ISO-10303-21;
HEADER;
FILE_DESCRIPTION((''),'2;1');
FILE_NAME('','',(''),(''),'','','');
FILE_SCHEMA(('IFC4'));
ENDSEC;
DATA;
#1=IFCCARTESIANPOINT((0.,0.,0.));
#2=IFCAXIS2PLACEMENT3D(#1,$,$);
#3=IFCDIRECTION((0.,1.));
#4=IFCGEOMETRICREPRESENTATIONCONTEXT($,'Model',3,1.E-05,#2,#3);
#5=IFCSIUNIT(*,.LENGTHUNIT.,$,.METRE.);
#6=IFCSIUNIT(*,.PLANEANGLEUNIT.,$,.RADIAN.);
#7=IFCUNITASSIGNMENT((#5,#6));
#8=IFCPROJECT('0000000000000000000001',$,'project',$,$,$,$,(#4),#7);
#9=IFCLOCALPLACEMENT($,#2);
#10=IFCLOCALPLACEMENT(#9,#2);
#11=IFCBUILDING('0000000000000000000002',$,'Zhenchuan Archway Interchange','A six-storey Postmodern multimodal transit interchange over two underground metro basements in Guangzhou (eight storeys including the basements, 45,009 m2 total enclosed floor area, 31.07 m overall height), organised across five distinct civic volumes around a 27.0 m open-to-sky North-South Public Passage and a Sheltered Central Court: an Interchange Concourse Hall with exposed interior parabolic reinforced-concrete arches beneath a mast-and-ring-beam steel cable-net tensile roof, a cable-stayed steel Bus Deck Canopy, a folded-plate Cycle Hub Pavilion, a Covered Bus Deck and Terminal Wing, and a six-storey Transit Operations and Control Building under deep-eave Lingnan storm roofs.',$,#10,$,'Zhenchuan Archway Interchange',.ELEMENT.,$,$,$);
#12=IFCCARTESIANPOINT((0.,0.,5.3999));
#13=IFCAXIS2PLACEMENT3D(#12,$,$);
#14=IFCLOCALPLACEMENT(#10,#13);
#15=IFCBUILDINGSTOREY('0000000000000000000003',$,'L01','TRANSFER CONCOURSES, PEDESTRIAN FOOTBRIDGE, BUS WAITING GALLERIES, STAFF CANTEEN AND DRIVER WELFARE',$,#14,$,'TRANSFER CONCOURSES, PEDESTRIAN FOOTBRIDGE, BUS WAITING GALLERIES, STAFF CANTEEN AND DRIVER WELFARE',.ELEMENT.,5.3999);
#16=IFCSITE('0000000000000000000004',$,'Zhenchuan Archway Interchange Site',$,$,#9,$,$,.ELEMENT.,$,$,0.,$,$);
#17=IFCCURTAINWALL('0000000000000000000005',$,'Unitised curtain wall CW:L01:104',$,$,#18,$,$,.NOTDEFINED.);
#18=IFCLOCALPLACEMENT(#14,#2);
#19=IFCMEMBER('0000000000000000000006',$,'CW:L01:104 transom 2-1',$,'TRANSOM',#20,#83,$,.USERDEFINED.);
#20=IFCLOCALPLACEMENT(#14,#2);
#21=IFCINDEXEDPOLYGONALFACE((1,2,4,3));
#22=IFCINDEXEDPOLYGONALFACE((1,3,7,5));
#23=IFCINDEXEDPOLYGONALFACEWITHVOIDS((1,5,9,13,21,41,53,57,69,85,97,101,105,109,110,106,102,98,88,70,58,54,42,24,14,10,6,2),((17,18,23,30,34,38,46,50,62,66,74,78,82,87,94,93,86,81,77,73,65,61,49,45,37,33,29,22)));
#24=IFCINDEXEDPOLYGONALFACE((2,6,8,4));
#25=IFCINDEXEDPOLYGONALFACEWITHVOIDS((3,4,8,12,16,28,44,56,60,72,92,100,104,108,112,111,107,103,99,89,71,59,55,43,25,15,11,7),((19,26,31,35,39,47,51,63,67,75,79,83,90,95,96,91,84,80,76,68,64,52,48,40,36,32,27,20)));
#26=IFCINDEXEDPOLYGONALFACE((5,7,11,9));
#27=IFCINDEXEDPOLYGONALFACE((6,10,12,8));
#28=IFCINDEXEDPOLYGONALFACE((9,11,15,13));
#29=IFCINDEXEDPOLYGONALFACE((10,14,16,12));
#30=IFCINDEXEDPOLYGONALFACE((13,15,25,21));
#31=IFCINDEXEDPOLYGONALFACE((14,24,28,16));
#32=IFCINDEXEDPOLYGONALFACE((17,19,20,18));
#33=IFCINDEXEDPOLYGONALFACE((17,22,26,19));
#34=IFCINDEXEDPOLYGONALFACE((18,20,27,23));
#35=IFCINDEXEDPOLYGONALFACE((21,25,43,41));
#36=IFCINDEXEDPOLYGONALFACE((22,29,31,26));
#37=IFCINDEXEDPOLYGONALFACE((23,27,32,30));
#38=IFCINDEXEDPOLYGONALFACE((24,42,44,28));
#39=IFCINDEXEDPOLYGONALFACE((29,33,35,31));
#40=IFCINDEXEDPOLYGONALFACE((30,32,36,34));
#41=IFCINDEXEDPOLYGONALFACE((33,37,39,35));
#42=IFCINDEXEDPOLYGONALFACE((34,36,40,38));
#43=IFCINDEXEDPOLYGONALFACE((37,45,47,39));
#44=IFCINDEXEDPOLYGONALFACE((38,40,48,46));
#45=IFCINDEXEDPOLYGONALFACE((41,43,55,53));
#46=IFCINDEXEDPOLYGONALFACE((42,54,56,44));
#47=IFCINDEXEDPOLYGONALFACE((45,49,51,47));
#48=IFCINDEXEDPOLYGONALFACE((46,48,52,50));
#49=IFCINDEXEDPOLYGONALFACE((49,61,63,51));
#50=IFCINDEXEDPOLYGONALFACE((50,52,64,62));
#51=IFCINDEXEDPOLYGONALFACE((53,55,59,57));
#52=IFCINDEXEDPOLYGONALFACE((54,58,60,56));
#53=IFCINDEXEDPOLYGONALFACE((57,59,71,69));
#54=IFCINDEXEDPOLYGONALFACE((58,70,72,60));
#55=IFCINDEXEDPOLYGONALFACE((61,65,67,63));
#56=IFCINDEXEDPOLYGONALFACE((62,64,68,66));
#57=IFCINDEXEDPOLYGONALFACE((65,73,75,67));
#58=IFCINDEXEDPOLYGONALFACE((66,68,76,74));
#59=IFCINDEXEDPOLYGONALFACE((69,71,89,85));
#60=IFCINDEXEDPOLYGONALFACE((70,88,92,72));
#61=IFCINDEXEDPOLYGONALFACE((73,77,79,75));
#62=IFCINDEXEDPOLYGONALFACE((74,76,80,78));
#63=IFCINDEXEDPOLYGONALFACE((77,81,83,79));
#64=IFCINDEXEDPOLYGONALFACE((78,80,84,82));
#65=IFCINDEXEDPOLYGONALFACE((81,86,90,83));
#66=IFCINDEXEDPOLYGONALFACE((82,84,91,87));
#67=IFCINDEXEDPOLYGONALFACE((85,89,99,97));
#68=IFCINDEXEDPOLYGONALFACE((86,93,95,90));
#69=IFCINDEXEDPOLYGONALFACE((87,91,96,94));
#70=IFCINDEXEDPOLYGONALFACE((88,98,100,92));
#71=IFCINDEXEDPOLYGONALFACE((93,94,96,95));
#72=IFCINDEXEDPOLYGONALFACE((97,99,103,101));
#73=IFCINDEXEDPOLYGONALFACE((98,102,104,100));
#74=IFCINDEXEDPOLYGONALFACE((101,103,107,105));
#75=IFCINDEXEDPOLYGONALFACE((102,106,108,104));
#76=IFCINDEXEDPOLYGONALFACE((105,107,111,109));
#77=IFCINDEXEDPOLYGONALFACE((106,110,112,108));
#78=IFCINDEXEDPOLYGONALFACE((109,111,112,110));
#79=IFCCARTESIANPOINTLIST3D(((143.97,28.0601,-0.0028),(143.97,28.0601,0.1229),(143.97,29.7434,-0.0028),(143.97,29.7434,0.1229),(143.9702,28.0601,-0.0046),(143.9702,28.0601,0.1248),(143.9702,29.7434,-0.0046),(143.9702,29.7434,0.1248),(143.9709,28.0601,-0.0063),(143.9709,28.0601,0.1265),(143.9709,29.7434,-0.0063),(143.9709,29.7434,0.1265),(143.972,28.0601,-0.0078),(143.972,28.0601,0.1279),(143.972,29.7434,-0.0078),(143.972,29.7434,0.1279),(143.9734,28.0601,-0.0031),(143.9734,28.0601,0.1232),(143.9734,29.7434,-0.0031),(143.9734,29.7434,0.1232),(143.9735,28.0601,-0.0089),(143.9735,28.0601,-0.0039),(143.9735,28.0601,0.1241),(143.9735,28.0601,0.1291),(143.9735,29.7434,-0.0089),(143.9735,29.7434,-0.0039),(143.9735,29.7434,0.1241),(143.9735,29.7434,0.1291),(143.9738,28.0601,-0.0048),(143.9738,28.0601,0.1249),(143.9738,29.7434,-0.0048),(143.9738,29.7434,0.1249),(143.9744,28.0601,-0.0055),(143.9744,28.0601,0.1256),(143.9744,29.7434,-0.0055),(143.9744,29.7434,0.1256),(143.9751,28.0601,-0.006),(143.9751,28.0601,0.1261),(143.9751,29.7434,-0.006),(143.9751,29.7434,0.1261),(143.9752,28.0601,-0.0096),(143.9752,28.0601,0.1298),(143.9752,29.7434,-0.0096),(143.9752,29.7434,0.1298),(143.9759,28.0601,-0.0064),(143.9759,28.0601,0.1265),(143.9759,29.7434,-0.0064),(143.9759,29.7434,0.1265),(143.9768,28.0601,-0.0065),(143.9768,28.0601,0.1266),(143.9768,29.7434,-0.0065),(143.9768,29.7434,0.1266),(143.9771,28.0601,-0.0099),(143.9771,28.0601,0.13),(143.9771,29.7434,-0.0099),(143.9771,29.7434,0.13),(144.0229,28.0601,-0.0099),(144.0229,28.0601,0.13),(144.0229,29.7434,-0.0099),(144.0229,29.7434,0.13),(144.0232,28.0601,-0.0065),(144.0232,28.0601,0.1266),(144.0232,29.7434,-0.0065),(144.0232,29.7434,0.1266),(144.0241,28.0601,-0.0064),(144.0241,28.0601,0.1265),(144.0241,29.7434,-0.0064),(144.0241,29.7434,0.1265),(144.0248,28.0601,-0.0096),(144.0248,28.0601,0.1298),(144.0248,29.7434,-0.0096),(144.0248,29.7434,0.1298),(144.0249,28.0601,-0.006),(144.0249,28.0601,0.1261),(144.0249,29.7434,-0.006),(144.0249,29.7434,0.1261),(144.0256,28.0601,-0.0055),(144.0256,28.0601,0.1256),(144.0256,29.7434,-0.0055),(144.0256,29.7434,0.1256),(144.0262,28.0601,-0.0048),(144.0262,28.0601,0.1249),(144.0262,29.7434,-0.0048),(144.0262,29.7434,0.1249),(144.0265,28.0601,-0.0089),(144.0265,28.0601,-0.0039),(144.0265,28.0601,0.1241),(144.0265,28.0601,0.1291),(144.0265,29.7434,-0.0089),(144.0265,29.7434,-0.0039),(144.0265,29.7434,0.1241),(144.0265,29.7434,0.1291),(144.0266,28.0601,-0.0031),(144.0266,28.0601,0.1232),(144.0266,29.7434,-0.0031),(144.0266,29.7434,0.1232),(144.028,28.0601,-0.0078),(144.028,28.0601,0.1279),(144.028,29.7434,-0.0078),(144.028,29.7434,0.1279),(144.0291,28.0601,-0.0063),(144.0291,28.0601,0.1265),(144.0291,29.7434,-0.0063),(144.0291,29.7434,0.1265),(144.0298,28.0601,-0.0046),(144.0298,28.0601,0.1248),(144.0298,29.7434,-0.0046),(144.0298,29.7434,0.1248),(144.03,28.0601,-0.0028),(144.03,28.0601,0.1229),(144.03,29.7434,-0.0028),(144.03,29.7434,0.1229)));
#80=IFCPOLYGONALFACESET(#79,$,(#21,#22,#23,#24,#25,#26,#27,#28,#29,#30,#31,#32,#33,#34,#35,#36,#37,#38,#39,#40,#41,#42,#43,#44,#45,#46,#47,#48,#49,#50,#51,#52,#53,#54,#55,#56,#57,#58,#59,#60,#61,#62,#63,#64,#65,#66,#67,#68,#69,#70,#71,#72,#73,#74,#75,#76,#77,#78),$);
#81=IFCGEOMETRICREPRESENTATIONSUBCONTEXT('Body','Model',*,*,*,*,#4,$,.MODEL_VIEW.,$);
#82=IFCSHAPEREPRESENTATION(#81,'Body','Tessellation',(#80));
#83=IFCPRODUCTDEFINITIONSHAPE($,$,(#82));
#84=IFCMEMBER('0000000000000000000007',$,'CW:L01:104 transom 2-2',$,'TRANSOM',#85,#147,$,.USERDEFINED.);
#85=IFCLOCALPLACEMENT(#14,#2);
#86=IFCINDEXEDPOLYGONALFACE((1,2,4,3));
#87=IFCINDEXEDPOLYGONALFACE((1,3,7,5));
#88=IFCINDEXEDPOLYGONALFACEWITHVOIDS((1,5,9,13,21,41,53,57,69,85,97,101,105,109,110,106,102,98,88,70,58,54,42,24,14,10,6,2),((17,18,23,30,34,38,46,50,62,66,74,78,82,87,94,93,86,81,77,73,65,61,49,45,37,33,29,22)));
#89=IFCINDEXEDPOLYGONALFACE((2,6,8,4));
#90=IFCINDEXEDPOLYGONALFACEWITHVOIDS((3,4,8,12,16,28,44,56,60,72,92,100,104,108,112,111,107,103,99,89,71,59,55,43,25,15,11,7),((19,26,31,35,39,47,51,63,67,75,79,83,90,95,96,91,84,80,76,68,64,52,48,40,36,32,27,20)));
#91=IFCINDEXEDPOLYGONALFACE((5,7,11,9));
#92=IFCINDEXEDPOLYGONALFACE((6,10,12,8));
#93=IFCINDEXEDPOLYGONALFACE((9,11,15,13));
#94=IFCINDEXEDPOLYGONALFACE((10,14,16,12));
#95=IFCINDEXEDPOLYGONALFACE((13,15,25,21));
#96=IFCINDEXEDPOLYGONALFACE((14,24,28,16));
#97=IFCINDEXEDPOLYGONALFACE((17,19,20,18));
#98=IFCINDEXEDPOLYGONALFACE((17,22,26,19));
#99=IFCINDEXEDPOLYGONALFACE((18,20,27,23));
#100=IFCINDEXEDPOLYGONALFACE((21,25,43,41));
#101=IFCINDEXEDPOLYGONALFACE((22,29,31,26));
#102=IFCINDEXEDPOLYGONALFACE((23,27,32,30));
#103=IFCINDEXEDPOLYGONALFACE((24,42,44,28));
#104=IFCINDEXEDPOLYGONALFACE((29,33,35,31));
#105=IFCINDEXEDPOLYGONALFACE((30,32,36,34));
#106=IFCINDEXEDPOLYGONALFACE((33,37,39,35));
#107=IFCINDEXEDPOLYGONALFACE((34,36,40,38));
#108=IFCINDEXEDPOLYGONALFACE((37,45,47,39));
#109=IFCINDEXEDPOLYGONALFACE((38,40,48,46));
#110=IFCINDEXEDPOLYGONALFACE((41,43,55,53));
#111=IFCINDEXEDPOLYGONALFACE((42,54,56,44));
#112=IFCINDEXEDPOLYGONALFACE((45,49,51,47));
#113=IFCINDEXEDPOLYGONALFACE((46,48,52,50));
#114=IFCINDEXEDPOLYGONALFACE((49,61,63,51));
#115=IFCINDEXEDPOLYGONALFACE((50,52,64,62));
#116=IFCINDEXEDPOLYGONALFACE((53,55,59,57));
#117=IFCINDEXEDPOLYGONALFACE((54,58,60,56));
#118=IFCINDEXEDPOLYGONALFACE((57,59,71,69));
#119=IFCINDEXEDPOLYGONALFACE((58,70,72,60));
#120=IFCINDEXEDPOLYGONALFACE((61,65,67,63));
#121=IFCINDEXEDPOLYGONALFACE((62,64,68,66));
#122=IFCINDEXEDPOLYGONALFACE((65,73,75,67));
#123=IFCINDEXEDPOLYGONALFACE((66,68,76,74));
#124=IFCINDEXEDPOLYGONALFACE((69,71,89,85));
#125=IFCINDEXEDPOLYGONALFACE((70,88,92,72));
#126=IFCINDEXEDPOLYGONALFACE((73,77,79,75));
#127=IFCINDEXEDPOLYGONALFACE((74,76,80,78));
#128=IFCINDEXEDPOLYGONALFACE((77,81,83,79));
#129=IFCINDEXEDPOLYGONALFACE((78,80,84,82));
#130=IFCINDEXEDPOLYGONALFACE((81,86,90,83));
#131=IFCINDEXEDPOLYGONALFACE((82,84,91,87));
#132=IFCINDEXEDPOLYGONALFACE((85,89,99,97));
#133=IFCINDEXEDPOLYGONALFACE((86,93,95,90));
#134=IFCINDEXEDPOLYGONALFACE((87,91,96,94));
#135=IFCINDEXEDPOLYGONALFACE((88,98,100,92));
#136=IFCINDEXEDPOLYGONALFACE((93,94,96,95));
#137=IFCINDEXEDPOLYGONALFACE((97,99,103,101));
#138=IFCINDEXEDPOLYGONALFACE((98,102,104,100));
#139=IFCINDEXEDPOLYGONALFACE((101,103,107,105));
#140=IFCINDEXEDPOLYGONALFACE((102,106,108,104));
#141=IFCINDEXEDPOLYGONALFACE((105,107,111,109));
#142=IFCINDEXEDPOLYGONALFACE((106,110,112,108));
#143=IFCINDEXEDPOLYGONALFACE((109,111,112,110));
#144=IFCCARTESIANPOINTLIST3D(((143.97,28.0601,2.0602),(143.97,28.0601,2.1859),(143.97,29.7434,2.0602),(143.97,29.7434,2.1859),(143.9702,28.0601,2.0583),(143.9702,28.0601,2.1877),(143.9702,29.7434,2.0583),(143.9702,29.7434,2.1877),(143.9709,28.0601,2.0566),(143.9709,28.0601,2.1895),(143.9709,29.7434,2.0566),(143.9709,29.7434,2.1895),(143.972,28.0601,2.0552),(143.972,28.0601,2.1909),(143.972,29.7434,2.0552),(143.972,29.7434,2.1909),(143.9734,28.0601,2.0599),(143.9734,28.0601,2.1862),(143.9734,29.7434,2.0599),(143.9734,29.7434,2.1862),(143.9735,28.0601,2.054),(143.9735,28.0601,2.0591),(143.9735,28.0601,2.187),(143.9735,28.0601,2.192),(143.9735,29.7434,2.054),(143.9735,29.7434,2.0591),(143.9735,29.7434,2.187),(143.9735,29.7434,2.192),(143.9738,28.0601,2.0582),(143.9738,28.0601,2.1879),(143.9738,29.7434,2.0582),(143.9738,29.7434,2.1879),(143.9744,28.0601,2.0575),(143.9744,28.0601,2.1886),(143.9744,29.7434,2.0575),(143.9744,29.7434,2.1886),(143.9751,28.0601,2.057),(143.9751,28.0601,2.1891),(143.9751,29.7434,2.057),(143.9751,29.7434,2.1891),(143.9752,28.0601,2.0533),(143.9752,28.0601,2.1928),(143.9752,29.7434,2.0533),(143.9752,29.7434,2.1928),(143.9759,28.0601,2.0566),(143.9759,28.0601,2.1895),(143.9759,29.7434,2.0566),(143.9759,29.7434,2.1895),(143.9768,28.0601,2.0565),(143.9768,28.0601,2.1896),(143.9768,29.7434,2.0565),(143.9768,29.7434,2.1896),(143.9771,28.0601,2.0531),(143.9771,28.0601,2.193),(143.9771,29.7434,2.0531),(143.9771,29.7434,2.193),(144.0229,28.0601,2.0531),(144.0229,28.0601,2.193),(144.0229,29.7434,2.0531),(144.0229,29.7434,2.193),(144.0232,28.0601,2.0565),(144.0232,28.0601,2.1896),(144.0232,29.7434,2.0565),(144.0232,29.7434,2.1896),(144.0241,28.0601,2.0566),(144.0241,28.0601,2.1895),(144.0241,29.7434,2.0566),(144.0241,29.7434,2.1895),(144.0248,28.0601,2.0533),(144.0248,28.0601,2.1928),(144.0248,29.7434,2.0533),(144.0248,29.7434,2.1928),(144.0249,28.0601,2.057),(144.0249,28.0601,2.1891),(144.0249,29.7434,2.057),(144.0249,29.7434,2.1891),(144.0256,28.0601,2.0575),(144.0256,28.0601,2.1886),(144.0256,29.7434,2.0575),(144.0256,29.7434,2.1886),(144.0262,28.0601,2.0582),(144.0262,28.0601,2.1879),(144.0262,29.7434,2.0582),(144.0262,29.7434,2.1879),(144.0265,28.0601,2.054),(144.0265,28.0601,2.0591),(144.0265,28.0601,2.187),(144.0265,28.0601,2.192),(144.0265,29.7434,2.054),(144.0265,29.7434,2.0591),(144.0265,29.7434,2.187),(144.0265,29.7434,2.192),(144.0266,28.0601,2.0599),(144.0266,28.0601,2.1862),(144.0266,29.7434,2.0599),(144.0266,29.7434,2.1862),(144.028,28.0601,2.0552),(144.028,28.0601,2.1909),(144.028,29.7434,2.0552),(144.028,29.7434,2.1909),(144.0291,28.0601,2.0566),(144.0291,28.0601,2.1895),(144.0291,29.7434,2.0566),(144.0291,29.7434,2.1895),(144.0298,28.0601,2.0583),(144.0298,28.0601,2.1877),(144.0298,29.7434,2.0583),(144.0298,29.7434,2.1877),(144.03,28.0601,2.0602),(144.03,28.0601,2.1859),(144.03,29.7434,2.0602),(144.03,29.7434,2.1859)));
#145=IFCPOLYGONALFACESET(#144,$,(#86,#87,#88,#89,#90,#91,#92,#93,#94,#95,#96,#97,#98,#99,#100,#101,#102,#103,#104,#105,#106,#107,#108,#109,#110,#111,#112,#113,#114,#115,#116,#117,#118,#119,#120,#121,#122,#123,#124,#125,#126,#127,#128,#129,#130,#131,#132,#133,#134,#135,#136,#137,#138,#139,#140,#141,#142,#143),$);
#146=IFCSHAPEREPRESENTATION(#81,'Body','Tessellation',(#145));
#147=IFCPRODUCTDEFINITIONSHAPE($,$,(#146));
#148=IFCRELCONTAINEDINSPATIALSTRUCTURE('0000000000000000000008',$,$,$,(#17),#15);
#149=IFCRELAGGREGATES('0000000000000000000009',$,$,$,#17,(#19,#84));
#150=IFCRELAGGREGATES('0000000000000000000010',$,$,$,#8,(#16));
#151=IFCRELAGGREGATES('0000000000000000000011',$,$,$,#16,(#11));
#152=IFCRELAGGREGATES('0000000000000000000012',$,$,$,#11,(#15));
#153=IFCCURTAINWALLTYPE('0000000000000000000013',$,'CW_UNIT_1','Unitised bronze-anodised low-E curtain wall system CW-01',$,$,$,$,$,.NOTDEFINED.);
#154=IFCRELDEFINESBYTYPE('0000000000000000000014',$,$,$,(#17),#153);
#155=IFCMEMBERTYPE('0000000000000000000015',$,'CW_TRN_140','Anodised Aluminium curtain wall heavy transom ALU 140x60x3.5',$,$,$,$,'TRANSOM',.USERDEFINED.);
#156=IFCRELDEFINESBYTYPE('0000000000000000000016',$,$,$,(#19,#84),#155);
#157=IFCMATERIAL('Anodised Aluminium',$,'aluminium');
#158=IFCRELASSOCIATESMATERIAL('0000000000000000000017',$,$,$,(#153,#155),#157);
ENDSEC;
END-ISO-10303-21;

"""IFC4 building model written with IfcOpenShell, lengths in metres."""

from ifc_helpers import new_model, si_unit, direction, frame, origin, origin_2d, place, context, subcontext, project, spatial, hollow_rectangle, extrude, material, material_profile, profile_set, type_object, element, aggregate, save


model = new_model("IFC4")

# Units and contexts
model_context = context("Model", 3, precision=1e-05, world=origin(), true_north=direction((0.0, 1.0)))
body_context = subcontext(model_context, "Body", "Model", "MODEL_VIEW")
ifc_project = project(units=[si_unit("LENGTHUNIT", "METRE"), si_unit("PLANEANGLEUNIT", "RADIAN")], contexts=[model_context])

# Site, building, storey
site_placement = place(None, origin())
site = spatial("IfcSite", under=ifc_project, at=site_placement, Name="Zhenchuan Archway Interchange Site", CompositionType="ELEMENT", RefElevation=0.0)
building_placement = place(site_placement, origin())
building = spatial("IfcBuilding", under=site, at=building_placement, Name="Zhenchuan Archway Interchange", Description="A six-storey Postmodern multimodal transit interchange over two underground metro basements in Guangzhou (eight storeys including the basements, 45,009 m2 total enclosed floor area, 31.07 m overall height), organised across five distinct civic volumes around a 27.0 m open-to-sky North-South Public Passage and a Sheltered Central Court: an Interchange Concourse Hall with exposed interior parabolic reinforced-concrete arches beneath a mast-and-ring-beam steel cable-net tensile roof, a cable-stayed steel Bus Deck Canopy, a folded-plate Cycle Hub Pavilion, a Covered Bus Deck and Terminal Wing, and a six-storey Transit Operations and Control Building under deep-eave Lingnan storm roofs.", LongName="Zhenchuan Archway Interchange", CompositionType="ELEMENT")
storey_placement = place(building_placement, frame((0.0, 0.0, 5.3999)))
storey = spatial("IfcBuildingStorey", under=building, at=storey_placement, Name="L01", Description="TRANSFER CONCOURSES, PEDESTRIAN FOOTBRIDGE, BUS WAITING GALLERIES, STAFF CANTEEN AND DRIVER WELFARE", LongName="TRANSFER CONCOURSES, PEDESTRIAN FOOTBRIDGE, BUS WAITING GALLERIES, STAFF CANTEEN AND DRIVER WELFARE", CompositionType="ELEMENT", Elevation=5.3999)

# Curtain wall, members
ifc_material_1 = material(Name="Anodised Aluminium", Category="aluminium")
curtain_wall_type = type_object("IfcCurtainWallType", Name="CW_UNIT_1", Description="Unitised bronze-anodised low-E curtain wall system CW-01", PredefinedType="NOTDEFINED", material=ifc_material_1)
curtain_wall_placement = place(storey_placement, origin())
curtain_wall = element("IfcCurtainWall", 1, at=curtain_wall_placement, inside=storey, type_object=curtain_wall_type, Name="Unitised curtain wall CW:L01:104", PredefinedType="NOTDEFINED")
ifc_material_profile_1 = material_profile(ifc_material_1, hollow_rectangle(XDim=0.0601, YDim=0.1399, WallThickness=0.0034, InnerFilletRadius=0.0034, OuterFilletRadius=0.0071, at=origin_2d()), Name="ALU 140x60x3.5")
ifc_profile_set_1 = profile_set([ifc_material_profile_1], Name="Anodised Aluminium")
member_type_1 = type_object("IfcMemberType", Name="CW_TRN_140", Description="Anodised Aluminium curtain wall heavy transom ALU 140x60x3.5", ElementType="TRANSOM", PredefinedType="USERDEFINED", material=ifc_profile_set_1)
member_1_placement = place(storey_placement, frame((144.0, 28.0601, 0.0601), z_axis=(0.0, 1.0, 0.0), x_axis=(-1.0, 0.0, 0.0)))
member_1 = element("IfcMember", 2, at=member_1_placement, type_object=member_type_1, Name="CW:L01:104 transom 2-1", ObjectType="TRANSOM", PredefinedType="USERDEFINED", context=body_context, shape_type="SweptSolid", body=[
    extrude(hollow_rectangle(XDim=0.0601, YDim=0.1399, WallThickness=0.0034, InnerFilletRadius=0.0034, OuterFilletRadius=0.0071, at=origin_2d()), origin(), (0.0, 0.0, 1.0), 1.6833),
])
member_2_placement = place(storey_placement, frame((144.0, 28.0601, 2.123), z_axis=(0.0, 1.0, 0.0), x_axis=(-1.0, 0.0, 0.0)))
member_2 = element("IfcMember", 3, at=member_2_placement, type_object=member_type_1, Name="CW:L01:104 transom 2-2", ObjectType="TRANSOM", PredefinedType="USERDEFINED", context=body_context, shape_type="SweptSolid", body=[
    extrude(hollow_rectangle(XDim=0.0601, YDim=0.1399, WallThickness=0.0034, InnerFilletRadius=0.0034, OuterFilletRadius=0.0071, at=origin_2d()), origin(), (0.0, 0.0, 1.0), 1.6833),
])

aggregate(curtain_wall, [member_1, member_2])

save(model, "model.ifc")
